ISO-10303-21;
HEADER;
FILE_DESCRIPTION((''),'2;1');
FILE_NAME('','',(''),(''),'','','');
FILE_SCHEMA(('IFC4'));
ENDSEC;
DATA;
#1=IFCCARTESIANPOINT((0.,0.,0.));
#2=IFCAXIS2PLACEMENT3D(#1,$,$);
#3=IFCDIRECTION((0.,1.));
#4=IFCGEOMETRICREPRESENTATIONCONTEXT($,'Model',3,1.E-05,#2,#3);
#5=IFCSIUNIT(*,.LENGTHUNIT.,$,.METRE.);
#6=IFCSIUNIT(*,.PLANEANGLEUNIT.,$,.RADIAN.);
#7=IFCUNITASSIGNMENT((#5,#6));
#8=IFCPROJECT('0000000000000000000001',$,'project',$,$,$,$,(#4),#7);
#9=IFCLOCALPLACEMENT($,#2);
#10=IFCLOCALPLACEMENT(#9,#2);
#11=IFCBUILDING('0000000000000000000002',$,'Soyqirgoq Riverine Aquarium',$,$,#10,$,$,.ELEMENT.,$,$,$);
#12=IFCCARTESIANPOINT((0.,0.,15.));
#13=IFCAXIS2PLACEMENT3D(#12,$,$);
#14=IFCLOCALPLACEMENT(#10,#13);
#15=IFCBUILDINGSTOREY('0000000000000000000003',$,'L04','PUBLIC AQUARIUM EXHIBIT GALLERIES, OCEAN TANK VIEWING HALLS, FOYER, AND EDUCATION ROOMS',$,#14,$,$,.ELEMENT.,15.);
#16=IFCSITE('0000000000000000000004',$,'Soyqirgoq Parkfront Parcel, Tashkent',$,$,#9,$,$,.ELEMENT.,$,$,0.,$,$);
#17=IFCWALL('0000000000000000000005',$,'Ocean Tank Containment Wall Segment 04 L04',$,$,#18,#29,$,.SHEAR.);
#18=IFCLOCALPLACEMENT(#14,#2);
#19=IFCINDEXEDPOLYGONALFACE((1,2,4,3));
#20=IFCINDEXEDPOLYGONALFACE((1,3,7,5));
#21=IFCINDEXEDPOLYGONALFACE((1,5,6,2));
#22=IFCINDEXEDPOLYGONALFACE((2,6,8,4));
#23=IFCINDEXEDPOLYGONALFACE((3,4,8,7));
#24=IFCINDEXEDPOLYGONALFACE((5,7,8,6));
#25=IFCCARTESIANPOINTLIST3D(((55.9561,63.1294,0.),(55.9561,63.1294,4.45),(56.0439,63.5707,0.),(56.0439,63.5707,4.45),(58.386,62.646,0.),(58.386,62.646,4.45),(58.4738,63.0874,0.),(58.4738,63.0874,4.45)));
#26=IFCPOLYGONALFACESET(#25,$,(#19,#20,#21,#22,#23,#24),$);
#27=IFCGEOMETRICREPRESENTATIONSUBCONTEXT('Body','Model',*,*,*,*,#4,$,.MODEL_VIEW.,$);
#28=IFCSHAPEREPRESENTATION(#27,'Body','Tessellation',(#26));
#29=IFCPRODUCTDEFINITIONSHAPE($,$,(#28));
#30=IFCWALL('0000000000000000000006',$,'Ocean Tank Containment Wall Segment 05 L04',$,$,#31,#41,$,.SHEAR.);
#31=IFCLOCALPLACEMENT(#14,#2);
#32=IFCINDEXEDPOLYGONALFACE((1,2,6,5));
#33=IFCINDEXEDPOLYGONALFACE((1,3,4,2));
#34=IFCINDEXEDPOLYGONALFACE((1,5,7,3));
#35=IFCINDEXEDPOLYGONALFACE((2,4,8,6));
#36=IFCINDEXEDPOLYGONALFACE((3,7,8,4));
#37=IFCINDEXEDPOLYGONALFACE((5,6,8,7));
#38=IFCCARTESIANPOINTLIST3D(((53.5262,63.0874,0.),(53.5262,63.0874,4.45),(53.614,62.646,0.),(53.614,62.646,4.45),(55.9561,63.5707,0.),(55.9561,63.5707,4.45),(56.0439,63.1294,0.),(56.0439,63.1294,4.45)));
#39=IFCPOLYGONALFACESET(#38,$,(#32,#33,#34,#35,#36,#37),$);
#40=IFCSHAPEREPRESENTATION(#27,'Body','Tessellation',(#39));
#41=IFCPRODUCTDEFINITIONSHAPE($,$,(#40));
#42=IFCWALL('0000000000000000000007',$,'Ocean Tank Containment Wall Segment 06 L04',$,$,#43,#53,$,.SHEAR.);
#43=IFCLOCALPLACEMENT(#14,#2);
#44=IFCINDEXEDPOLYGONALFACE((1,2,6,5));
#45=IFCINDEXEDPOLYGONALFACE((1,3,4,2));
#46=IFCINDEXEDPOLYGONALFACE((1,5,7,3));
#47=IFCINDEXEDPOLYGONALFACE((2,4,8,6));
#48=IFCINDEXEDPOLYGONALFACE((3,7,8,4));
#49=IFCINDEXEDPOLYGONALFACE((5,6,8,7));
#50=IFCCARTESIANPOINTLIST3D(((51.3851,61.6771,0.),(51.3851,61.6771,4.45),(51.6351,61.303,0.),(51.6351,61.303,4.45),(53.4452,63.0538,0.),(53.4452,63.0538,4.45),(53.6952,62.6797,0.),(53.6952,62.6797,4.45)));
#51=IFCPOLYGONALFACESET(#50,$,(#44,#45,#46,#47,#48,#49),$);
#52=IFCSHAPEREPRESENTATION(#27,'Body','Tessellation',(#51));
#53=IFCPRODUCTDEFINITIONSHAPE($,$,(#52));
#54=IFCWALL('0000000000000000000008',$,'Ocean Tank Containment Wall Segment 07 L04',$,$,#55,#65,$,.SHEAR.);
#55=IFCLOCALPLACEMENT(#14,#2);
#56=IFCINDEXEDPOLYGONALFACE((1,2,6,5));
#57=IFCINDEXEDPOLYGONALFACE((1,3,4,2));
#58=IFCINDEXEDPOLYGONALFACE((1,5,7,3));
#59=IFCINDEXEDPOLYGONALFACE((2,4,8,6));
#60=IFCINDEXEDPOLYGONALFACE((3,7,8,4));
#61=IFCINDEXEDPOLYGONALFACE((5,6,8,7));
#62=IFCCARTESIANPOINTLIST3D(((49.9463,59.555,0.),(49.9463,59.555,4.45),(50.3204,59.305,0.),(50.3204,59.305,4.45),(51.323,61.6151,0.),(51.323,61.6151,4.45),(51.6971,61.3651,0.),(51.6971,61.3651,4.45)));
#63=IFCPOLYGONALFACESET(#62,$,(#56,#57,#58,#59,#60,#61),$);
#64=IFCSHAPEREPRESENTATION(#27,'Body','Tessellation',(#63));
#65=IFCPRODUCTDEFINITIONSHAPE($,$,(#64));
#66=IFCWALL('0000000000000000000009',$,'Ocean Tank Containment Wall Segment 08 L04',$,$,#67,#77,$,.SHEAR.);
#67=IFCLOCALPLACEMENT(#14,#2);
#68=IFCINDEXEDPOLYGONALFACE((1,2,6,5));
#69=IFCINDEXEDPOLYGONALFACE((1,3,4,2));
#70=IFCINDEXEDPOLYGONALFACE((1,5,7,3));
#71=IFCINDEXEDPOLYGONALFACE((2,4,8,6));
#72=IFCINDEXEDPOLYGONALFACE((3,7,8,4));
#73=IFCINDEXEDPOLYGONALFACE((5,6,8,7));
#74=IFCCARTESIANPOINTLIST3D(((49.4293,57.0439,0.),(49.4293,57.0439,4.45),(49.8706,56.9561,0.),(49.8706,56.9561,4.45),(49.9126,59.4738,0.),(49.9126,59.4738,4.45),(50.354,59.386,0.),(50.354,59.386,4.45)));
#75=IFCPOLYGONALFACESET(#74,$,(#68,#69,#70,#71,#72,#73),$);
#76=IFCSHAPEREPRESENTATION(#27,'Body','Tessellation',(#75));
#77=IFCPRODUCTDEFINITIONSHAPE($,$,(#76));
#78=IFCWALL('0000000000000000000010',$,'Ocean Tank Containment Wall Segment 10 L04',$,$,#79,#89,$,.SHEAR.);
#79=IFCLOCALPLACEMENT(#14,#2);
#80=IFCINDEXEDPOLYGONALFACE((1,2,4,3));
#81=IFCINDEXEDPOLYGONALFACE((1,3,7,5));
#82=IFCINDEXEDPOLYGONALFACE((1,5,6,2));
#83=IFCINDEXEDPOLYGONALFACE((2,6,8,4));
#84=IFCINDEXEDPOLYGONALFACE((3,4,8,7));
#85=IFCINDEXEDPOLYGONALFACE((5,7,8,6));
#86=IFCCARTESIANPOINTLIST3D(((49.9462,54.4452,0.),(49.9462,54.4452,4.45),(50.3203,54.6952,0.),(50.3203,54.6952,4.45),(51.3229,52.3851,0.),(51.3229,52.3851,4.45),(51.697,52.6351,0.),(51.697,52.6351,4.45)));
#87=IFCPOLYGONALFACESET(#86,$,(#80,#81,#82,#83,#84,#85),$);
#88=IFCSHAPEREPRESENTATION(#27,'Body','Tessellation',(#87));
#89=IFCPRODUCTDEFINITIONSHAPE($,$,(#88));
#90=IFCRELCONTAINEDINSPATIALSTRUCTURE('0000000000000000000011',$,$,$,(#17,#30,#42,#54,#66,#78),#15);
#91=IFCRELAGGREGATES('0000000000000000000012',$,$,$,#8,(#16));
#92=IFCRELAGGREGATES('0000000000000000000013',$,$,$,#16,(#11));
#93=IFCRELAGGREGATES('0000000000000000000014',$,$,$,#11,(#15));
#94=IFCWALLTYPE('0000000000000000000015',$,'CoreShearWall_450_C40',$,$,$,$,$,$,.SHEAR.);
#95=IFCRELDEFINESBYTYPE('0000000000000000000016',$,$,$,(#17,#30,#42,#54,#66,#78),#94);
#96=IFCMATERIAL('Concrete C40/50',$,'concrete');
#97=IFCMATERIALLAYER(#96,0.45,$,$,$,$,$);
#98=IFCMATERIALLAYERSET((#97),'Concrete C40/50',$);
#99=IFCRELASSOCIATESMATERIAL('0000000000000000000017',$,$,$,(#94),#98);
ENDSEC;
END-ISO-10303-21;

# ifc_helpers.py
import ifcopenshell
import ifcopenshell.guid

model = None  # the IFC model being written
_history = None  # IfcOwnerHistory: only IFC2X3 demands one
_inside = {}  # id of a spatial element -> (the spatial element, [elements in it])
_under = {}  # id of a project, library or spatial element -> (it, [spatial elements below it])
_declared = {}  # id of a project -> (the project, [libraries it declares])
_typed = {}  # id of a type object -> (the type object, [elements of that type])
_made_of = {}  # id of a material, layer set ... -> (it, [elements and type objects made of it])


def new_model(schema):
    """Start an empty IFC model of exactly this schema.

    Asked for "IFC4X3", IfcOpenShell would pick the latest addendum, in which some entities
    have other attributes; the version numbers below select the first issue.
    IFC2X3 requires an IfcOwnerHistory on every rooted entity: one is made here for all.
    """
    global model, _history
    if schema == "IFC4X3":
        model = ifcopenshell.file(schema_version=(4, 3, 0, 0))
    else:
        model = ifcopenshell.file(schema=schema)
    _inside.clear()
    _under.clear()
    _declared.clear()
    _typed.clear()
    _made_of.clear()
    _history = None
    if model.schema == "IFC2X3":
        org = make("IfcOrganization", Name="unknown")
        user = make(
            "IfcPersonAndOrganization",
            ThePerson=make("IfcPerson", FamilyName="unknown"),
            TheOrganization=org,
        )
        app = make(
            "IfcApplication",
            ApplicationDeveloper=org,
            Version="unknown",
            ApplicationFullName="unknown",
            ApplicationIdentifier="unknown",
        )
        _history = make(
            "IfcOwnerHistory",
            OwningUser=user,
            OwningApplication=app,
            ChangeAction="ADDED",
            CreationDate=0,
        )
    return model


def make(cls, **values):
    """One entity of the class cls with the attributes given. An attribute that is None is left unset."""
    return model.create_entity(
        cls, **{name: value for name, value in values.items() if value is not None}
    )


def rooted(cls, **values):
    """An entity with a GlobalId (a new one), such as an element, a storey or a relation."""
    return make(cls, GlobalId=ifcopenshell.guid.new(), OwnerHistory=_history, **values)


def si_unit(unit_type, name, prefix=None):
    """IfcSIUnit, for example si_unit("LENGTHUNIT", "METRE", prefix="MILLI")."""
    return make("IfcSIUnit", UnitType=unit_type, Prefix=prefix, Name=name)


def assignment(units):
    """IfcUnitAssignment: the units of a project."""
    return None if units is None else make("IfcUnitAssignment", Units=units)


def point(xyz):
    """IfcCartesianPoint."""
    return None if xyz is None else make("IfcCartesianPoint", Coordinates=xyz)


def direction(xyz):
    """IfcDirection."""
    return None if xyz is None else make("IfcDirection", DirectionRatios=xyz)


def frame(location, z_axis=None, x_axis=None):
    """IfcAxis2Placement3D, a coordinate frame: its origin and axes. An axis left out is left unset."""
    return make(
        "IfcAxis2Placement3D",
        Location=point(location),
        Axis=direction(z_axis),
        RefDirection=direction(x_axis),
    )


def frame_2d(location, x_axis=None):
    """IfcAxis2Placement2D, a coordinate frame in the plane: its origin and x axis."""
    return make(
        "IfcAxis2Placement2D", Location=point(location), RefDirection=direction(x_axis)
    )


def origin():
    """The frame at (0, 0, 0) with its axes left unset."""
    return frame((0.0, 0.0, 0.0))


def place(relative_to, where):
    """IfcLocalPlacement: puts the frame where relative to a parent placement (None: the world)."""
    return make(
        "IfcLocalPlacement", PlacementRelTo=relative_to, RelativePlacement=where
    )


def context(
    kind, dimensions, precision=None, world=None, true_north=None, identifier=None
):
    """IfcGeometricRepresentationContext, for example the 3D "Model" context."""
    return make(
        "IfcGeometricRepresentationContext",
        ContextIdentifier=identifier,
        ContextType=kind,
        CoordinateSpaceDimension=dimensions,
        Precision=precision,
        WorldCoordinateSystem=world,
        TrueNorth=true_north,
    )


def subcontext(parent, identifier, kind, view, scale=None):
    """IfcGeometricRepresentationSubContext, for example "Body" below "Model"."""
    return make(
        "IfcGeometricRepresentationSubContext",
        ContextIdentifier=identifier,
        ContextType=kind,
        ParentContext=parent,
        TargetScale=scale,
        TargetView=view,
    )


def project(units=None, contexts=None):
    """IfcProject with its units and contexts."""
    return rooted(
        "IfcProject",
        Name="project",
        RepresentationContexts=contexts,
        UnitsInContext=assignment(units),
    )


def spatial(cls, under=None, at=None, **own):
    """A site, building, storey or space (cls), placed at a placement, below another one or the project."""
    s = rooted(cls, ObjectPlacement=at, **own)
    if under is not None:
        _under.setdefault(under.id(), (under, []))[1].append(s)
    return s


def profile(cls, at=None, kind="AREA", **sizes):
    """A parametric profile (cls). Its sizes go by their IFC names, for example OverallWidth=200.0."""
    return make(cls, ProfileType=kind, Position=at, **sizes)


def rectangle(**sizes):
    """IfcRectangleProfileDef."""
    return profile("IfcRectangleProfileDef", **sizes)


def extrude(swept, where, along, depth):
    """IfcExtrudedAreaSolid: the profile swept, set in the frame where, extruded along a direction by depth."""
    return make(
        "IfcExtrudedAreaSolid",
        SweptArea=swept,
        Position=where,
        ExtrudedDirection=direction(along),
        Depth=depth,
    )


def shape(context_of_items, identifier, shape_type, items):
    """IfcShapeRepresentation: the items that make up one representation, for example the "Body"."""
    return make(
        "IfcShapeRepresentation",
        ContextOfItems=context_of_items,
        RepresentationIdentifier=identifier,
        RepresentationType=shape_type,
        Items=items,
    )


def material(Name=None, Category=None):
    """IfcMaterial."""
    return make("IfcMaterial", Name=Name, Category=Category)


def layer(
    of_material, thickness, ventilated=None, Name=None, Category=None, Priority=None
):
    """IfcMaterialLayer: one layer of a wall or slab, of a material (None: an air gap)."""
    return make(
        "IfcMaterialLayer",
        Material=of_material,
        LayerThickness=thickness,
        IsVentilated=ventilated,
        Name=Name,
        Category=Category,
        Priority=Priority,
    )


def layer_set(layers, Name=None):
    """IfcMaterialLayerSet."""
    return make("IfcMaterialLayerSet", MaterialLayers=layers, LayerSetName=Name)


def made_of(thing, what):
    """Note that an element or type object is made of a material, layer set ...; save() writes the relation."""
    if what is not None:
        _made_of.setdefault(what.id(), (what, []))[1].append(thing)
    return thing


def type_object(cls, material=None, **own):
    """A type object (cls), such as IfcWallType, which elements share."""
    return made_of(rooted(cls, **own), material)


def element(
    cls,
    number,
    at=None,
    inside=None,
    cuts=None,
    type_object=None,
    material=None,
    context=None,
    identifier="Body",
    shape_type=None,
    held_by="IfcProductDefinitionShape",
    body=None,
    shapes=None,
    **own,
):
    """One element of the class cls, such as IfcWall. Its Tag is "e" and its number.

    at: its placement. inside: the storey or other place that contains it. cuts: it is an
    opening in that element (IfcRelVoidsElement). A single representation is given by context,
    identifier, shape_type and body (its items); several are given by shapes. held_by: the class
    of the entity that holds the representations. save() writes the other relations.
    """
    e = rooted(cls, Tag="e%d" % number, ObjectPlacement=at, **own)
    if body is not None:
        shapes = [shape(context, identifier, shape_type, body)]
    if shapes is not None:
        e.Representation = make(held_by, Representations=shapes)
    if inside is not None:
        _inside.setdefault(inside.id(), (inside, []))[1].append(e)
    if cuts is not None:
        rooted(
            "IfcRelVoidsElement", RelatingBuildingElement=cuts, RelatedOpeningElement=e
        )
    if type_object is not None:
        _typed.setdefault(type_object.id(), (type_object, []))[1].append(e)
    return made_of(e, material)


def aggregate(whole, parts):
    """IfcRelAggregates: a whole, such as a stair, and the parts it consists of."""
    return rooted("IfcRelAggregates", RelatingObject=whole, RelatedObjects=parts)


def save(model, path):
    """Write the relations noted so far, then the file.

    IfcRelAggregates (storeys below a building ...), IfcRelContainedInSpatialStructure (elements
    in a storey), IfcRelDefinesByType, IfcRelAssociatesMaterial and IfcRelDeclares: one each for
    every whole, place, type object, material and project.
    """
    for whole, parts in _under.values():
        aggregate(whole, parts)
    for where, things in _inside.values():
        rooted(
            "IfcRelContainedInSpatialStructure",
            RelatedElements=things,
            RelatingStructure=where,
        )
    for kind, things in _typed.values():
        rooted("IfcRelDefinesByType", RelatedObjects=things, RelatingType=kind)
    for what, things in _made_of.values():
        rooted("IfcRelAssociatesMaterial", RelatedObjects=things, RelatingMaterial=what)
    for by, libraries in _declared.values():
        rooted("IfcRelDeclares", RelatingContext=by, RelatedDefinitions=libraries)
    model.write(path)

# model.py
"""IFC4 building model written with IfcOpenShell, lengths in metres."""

from ifc_helpers import new_model, si_unit, direction, frame, frame_2d, origin, place, context, subcontext, project, spatial, rectangle, extrude, material, layer, layer_set, type_object, element, save


model = new_model("IFC4")

# Units and contexts
model_context = context("Model", 3, precision=1e-05, world=origin(), true_north=direction((0.0, 1.0)))
body_context = subcontext(model_context, "Body", "Model", "MODEL_VIEW")
ifc_project = project(units=[si_unit("LENGTHUNIT", "METRE"), si_unit("PLANEANGLEUNIT", "RADIAN")], contexts=[model_context])

# Site, building, storey
site_placement = place(None, origin())
site = spatial("IfcSite", under=ifc_project, at=site_placement, Name="Soyqirgoq Parkfront Parcel, Tashkent", CompositionType="ELEMENT", RefElevation=0.0)
building_placement = place(site_placement, origin())
building = spatial("IfcBuilding", under=site, at=building_placement, Name="Soyqirgoq Riverine Aquarium", CompositionType="ELEMENT")
storey_placement = place(building_placement, frame((0.0, 0.0, 15.0)))
storey = spatial("IfcBuildingStorey", under=building, at=storey_placement, Name="L04", Description="PUBLIC AQUARIUM EXHIBIT GALLERIES, OCEAN TANK VIEWING HALLS, FOYER, AND EDUCATION ROOMS", CompositionType="ELEMENT", Elevation=15.0)

# Walls
ifc_material_1 = material(Name="Concrete C40/50", Category="concrete")
ifc_layer = layer(ifc_material_1, 0.45)
ifc_layer_set = layer_set([ifc_layer], Name="Concrete C40/50")
wall_type = type_object("IfcWallType", Name="CoreShearWall_450_C40", PredefinedType="SHEAR", material=ifc_layer_set)
for number, where, z_axis, x_axis, name in (
    (1, (58.4299, 62.8667, 0.0), (0.0, 0.0, 1.0), (-0.980781, 0.195112, 0.0), "Ocean Tank Containment Wall Segment 04 L04"),
    (2, (56.0, 63.3501, 0.0), (0.0, 0.0, 1.0), (-0.980781, -0.195112, 0.0), "Ocean Tank Containment Wall Segment 05 L04"),
):
    element("IfcWall", number, at=place(storey_placement, frame(where, z_axis=z_axis, x_axis=x_axis)), inside=storey, type_object=wall_type, Name=name, PredefinedType="SHEAR", context=body_context, shape_type="SweptSolid", body=[
        extrude(rectangle(XDim=2.4775, YDim=0.45, at=frame_2d((1.2388, 0.0))), origin(), (0.0, 0.0, 1.0), 4.45),
    ])
for number, where, z_axis, x_axis, name in (
    (3, (53.5701, 62.8667, 0.0), (0.0, 0.0, 1.0), (-0.831428, -0.555632, 0.0), "Ocean Tank Containment Wall Segment 06 L04"),
    (4, (51.51, 61.49, 0.0), (0.0, 0.0, 1.0), (-0.555632, -0.831428, 0.0), "Ocean Tank Containment Wall Segment 07 L04"),
):
    element("IfcWall", number, at=place(storey_placement, frame(where, z_axis=z_axis, x_axis=x_axis)), inside=storey, type_object=wall_type, Name=name, PredefinedType="SHEAR", context=body_context, shape_type="SweptSolid", body=[
        extrude(rectangle(XDim=2.4778, YDim=0.45, at=frame_2d((1.2388, 0.0))), origin(), (0.0, 0.0, 1.0), 4.45),
    ])
wall_1_placement = place(storey_placement, frame((50.1333, 59.4299, 0.0), z_axis=(0.0, 0.0, 1.0), x_axis=(-0.195112, -0.980781, 0.0)))
element("IfcWall", 5, at=wall_1_placement, inside=storey, type_object=wall_type, Name="Ocean Tank Containment Wall Segment 08 L04", PredefinedType="SHEAR", context=body_context, shape_type="SweptSolid", body=[
    extrude(rectangle(XDim=2.4775, YDim=0.45, at=frame_2d((1.2388, 0.0))), origin(), (0.0, 0.0, 1.0), 4.45),
])
wall_2_placement = place(storey_placement, frame((50.1333, 54.5701, 0.0), z_axis=(0.0, 0.0, 1.0), x_axis=(0.555632, -0.831428, 0.0)))
element("IfcWall", 6, at=wall_2_placement, inside=storey, type_object=wall_type, Name="Ocean Tank Containment Wall Segment 10 L04", PredefinedType="SHEAR", context=body_context, shape_type="SweptSolid", body=[
    extrude(rectangle(XDim=2.4778, YDim=0.45, at=frame_2d((1.2388, 0.0))), origin(), (0.0, 0.0, 1.0), 4.45),
])

save(model, "model.ifc")
